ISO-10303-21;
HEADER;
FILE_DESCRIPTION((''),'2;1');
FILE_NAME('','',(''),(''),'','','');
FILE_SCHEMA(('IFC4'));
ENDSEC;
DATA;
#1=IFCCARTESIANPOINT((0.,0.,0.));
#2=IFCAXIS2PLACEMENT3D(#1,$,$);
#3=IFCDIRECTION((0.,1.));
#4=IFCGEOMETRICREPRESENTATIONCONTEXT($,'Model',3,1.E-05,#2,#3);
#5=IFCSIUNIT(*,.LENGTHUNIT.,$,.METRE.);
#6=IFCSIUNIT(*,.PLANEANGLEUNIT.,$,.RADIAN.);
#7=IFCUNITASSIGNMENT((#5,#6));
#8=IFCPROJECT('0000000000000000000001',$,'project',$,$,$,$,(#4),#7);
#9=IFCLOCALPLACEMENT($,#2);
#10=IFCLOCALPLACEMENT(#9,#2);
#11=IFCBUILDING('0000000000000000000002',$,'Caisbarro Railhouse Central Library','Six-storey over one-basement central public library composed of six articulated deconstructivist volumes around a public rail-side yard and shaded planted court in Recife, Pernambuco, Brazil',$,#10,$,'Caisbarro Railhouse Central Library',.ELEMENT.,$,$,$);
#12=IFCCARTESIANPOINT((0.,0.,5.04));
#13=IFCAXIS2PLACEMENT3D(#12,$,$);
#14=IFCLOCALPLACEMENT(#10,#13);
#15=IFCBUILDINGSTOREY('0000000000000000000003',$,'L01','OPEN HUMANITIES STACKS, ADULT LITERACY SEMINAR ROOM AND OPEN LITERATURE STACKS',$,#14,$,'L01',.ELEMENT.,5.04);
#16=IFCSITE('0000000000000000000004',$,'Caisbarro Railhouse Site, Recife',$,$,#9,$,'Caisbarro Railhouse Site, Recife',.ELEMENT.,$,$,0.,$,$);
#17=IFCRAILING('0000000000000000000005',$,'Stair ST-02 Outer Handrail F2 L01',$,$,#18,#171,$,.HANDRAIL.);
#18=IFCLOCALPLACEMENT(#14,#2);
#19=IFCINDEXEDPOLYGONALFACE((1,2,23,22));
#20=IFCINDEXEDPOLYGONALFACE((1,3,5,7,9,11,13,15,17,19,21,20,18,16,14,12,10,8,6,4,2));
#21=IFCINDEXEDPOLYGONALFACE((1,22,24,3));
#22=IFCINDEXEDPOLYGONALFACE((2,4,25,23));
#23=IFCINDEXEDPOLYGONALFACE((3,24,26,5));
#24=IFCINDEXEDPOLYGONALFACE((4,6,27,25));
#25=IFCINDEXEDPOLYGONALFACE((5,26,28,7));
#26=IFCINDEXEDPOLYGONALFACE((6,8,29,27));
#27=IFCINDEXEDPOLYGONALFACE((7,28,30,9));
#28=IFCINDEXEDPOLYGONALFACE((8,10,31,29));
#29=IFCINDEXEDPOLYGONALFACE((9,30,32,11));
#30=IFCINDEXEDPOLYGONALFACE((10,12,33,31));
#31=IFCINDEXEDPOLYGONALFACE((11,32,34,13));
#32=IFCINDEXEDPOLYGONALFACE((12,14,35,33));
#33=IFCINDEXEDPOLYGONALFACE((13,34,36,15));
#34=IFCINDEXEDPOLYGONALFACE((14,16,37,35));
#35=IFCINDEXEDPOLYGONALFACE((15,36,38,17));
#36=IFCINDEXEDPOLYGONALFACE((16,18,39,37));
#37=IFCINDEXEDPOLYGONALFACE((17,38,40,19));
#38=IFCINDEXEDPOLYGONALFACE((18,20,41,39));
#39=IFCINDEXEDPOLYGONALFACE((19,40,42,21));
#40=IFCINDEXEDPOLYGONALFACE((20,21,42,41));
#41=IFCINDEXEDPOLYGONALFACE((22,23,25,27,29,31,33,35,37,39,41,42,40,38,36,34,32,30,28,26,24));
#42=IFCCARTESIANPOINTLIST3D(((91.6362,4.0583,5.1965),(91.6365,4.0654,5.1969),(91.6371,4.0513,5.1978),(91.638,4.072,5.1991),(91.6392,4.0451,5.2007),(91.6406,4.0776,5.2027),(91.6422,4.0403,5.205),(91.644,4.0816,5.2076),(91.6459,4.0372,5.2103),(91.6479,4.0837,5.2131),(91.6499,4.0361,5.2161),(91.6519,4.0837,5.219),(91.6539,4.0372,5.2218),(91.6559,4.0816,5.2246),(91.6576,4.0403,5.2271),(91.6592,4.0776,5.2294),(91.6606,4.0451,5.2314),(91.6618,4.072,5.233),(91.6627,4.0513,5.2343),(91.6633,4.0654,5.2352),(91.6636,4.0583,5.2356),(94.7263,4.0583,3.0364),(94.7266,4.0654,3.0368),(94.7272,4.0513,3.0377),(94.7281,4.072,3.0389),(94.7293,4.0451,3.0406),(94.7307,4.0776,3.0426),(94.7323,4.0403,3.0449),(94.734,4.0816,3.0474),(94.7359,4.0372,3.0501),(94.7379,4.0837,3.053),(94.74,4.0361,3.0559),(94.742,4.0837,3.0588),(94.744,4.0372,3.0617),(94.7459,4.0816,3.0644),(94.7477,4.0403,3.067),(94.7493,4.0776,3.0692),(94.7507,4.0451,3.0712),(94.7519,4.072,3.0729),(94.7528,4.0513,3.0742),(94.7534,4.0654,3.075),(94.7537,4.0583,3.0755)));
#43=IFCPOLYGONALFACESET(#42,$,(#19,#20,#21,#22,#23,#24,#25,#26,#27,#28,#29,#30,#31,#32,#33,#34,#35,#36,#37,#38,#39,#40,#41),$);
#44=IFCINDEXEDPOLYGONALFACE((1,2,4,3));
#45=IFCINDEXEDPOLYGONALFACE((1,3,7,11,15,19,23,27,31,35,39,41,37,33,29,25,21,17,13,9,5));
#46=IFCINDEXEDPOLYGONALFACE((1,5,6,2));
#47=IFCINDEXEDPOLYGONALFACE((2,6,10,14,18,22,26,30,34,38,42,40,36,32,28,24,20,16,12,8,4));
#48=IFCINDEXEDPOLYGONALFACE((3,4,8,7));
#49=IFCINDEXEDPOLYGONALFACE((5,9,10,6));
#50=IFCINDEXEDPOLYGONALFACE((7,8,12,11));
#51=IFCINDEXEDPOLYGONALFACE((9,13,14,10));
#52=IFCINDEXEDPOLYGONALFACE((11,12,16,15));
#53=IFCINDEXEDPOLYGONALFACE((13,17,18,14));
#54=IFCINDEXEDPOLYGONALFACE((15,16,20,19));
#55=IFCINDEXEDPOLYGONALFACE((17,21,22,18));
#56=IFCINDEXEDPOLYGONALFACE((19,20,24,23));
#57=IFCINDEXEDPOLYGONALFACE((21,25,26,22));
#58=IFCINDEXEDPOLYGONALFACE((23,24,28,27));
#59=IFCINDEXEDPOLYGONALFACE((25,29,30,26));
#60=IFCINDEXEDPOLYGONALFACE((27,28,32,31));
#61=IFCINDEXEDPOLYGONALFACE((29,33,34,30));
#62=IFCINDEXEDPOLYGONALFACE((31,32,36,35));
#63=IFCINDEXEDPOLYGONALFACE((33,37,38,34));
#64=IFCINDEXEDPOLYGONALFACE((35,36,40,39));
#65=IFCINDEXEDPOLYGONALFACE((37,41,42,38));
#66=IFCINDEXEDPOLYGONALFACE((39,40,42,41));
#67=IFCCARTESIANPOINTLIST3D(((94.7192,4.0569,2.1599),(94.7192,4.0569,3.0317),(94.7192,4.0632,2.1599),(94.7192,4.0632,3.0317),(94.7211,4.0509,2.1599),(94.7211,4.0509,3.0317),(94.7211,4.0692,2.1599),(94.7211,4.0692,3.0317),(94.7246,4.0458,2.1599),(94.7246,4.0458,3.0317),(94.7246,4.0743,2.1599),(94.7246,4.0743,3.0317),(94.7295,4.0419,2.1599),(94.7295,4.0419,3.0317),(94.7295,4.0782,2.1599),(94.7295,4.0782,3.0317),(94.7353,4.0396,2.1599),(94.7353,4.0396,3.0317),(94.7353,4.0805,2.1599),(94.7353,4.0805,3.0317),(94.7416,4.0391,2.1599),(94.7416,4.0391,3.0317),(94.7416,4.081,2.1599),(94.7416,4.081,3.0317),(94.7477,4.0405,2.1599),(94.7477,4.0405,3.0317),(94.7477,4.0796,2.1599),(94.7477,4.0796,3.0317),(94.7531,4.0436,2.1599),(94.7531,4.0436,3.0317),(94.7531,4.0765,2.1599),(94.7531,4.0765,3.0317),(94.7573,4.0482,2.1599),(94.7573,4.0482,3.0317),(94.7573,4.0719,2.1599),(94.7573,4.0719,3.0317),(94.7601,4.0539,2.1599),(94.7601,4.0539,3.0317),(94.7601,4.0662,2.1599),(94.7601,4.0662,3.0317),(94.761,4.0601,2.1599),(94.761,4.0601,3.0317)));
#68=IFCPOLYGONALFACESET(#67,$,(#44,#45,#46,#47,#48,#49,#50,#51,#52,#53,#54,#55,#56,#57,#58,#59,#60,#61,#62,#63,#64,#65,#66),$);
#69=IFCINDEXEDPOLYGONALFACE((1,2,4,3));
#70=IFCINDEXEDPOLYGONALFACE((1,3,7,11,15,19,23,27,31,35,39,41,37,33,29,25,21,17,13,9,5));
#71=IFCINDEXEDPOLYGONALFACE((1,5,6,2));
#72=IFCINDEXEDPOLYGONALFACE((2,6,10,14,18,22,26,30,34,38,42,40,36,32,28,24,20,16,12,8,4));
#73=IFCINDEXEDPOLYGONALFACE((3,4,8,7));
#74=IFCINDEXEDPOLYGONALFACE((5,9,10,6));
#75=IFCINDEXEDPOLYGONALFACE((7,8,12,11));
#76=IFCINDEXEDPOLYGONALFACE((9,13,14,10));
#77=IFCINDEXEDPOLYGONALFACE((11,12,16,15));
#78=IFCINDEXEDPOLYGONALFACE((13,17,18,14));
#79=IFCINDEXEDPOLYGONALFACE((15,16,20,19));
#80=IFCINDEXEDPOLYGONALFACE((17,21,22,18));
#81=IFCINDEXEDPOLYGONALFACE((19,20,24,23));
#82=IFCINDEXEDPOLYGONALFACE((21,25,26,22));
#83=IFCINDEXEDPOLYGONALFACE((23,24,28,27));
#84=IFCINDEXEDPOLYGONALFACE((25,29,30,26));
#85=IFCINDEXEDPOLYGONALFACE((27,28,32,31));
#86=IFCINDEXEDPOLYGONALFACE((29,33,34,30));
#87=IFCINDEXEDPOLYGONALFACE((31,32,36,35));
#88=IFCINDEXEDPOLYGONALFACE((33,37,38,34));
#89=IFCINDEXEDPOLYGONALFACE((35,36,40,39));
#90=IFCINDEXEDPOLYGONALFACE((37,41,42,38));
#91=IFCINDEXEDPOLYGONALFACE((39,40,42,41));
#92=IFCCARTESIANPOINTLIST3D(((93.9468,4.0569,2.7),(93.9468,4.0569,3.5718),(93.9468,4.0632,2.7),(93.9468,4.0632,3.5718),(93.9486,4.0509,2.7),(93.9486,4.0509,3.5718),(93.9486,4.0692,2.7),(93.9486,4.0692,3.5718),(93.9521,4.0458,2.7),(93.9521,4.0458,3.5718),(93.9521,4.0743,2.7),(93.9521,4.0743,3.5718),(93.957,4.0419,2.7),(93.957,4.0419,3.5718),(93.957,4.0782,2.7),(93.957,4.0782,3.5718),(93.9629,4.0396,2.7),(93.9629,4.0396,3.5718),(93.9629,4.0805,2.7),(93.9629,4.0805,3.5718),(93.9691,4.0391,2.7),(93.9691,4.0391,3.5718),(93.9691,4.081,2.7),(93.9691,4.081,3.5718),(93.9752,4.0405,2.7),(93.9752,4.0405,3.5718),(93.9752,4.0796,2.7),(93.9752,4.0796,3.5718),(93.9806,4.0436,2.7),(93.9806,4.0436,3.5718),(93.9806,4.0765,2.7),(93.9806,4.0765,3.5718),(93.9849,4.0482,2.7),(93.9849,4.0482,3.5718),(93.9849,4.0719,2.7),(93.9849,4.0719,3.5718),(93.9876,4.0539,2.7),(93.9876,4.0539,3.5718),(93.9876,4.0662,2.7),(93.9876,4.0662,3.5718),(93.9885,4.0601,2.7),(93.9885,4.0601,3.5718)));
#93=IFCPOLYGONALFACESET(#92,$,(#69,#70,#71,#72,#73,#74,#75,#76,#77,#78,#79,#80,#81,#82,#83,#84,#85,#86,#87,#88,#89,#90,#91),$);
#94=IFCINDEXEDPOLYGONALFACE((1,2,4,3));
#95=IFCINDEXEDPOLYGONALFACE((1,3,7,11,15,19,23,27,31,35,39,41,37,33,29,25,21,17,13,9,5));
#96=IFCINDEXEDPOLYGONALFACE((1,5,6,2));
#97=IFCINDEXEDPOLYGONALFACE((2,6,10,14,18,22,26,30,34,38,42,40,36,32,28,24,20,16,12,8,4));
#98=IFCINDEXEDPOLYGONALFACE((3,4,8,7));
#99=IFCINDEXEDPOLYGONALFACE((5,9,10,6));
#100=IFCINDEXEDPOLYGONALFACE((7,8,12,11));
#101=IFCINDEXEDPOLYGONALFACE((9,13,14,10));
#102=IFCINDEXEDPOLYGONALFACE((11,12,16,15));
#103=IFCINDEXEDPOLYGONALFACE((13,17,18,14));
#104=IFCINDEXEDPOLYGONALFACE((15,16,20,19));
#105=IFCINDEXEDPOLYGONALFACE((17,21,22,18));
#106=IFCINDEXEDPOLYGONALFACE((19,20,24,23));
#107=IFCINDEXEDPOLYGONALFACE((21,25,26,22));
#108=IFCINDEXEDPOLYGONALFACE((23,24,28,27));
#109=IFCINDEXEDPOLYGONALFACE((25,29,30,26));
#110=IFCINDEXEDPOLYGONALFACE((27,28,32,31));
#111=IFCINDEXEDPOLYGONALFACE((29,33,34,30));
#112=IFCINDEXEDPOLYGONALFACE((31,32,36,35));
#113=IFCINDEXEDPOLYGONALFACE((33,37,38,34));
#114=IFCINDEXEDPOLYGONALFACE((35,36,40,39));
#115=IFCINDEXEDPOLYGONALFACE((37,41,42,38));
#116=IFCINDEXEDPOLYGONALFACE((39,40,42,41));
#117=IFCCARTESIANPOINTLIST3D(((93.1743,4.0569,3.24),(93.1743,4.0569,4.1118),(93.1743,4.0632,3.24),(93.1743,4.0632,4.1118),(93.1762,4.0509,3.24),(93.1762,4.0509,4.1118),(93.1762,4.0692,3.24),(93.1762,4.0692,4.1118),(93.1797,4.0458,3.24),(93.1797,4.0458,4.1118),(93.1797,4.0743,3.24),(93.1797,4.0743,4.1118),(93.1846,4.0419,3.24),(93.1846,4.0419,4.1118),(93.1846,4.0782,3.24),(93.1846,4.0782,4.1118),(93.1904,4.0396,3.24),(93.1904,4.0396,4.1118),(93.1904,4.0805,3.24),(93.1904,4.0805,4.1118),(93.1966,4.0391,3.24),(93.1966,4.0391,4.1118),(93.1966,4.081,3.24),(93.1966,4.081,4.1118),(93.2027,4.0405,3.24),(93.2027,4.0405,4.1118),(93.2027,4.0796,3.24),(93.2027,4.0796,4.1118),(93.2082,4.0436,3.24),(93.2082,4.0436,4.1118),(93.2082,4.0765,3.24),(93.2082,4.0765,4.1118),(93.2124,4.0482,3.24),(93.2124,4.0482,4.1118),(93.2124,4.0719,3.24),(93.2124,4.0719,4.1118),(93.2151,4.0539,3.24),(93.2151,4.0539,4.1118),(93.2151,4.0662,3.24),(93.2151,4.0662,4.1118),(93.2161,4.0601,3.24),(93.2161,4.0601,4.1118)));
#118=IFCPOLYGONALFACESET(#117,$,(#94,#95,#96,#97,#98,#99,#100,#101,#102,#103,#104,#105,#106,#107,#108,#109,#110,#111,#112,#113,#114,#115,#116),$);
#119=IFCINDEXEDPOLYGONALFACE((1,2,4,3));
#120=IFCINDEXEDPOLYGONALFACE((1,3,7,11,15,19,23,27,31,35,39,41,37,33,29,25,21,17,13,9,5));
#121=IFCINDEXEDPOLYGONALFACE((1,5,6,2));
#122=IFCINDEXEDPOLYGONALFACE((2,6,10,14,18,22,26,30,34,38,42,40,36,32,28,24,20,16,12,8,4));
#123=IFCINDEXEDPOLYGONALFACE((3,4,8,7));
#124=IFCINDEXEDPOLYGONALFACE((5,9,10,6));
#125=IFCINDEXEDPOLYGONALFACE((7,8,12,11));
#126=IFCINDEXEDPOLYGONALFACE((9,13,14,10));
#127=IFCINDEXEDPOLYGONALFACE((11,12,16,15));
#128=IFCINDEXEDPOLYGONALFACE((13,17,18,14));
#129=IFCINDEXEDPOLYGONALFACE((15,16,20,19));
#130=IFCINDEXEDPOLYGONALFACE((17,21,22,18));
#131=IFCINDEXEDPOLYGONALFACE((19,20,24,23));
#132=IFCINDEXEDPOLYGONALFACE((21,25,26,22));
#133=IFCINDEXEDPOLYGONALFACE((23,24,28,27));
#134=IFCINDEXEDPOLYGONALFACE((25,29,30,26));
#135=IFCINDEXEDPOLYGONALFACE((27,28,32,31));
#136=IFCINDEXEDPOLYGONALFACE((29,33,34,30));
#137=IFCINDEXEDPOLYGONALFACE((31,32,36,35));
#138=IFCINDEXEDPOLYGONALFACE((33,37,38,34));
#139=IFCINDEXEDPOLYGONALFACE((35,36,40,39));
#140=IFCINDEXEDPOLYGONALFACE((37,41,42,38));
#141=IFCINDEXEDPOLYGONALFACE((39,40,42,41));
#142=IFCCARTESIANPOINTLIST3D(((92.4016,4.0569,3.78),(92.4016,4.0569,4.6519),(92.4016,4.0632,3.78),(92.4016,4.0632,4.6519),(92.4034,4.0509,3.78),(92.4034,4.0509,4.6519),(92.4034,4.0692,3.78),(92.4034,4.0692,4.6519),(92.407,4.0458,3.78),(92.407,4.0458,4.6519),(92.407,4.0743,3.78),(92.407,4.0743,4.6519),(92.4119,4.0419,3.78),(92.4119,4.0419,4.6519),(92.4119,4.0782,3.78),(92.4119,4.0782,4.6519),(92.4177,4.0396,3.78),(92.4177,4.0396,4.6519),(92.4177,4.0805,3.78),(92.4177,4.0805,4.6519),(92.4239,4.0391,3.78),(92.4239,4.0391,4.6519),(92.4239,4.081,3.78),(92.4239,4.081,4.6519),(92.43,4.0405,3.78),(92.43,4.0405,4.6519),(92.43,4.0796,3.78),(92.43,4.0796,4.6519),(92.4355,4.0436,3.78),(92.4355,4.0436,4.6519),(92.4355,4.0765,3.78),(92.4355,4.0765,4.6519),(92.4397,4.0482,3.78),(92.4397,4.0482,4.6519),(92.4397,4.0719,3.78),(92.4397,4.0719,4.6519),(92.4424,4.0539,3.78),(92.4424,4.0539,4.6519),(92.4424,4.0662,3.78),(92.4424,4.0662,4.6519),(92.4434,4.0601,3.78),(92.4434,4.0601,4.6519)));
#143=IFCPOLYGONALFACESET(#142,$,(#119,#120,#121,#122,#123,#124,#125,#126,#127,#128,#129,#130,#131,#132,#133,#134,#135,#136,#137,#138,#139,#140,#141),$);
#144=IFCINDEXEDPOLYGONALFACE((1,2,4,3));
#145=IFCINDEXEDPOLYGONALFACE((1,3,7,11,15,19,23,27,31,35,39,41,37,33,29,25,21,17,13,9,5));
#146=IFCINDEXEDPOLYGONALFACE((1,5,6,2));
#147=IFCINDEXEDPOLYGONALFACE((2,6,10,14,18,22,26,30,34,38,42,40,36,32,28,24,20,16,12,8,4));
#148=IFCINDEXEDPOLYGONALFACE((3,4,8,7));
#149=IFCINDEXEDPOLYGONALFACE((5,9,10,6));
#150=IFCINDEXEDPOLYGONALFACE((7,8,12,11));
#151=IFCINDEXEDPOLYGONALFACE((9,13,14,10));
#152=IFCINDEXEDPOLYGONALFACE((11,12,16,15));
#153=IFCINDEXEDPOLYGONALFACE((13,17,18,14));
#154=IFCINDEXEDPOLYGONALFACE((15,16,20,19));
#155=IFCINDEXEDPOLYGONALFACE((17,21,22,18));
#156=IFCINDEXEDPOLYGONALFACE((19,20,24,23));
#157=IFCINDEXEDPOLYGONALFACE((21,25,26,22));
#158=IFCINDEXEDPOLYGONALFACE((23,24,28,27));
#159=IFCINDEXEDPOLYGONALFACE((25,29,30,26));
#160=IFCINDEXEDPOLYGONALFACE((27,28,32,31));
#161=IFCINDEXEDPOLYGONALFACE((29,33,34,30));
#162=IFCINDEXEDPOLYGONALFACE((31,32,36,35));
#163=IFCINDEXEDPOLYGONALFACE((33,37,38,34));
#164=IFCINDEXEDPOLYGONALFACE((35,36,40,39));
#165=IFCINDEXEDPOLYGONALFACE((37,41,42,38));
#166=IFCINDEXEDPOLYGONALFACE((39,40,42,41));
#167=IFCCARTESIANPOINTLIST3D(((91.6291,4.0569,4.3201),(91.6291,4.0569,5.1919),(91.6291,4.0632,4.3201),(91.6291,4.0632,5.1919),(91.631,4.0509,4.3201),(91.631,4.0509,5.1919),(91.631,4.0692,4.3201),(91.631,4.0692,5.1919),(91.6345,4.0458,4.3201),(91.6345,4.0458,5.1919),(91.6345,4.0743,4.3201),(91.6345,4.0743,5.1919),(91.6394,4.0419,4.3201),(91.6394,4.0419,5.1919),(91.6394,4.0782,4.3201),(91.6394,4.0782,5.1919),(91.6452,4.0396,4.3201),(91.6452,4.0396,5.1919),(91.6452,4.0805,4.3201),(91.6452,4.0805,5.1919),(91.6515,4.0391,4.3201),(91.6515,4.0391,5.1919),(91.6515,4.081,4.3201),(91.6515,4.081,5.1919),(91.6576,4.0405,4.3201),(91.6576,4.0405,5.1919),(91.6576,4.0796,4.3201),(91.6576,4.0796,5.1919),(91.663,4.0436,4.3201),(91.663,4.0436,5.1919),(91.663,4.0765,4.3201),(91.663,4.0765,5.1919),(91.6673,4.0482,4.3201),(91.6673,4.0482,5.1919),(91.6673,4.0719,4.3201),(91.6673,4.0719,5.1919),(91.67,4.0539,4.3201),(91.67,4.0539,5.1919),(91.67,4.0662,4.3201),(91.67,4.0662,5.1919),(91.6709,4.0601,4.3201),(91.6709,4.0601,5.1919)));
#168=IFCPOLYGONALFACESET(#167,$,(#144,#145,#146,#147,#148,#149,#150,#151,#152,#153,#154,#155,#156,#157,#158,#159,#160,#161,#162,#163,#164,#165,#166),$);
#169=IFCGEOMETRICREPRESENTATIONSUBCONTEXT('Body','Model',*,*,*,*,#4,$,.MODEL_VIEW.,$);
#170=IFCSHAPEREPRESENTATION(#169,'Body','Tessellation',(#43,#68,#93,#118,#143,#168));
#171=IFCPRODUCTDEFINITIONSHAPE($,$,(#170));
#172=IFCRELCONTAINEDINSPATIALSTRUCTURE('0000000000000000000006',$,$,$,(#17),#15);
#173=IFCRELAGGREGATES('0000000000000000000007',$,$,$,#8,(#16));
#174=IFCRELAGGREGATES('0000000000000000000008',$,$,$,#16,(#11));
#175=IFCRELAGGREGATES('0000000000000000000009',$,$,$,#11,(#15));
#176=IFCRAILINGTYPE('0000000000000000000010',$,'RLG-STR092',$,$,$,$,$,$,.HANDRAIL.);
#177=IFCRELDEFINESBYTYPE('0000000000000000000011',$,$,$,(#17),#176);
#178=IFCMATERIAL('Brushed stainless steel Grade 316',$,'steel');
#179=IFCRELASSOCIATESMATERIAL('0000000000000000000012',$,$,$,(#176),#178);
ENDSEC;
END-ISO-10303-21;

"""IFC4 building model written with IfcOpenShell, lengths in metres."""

from ifc_helpers import new_model, si_unit, direction, frame, origin, origin_2d, place, context, subcontext, project, spatial, circle, extrude, material, type_object, element, save


model = new_model("IFC4")

# Units and contexts
model_context = context("Model", 3, precision=1e-05, world=origin(), true_north=direction((0.0, 1.0)))
body_context = subcontext(model_context, "Body", "Model", "MODEL_VIEW")
ifc_project = project(units=[si_unit("LENGTHUNIT", "METRE"), si_unit("PLANEANGLEUNIT", "RADIAN")], contexts=[model_context])

# Site, building, storey
site_placement = place(None, origin())
site = spatial("IfcSite", under=ifc_project, at=site_placement, Name="Caisbarro Railhouse Site, Recife", LongName="Caisbarro Railhouse Site, Recife", CompositionType="ELEMENT", RefElevation=0.0)
building_placement = place(site_placement, origin())
building = spatial("IfcBuilding", under=site, at=building_placement, Name="Caisbarro Railhouse Central Library", Description="Six-storey over one-basement central public library composed of six articulated deconstructivist volumes around a public rail-side yard and shaded planted court in Recife, Pernambuco, Brazil", LongName="Caisbarro Railhouse Central Library", CompositionType="ELEMENT")
storey_placement = place(building_placement, frame((0.0, 0.0, 5.04)))
storey = spatial("IfcBuildingStorey", under=building, at=storey_placement, Name="L01", Description="OPEN HUMANITIES STACKS, ADULT LITERACY SEMINAR ROOM AND OPEN LITERATURE STACKS", LongName="L01", CompositionType="ELEMENT", Elevation=5.04)

# Railing
ifc_material_1 = material(Name="Brushed stainless steel Grade 316", Category="steel")
railing_type_1 = type_object("IfcRailingType", Name="RLG-STR092", PredefinedType="HANDRAIL", material=ifc_material_1)
railing_1_placement = place(storey_placement, frame((94.74, 4.0601, 2.1599)))
element("IfcRailing", 1, at=railing_1_placement, inside=storey, type_object=railing_type_1, Name="Stair ST-02 Outer Handrail F2 L01", PredefinedType="HANDRAIL", context=body_context, shape_type="SweptSolid", body=[
    extrude(circle(Radius=0.0239, at=origin_2d()), frame((0.0, 0.0, 0.896), z_axis=(-0.819594, 0.0, 0.572945), x_axis=(0.0, -1.0, 0.0)), (0.0, 0.0, 1.0), 3.7703),
    extrude(circle(Radius=0.021, at=origin_2d()), origin(), (0.0, 0.0, 1.0), 0.8718),
    extrude(circle(Radius=0.021, at=origin_2d()), frame((-0.7725, 0.0, 0.54)), (0.0, 0.0, 1.0), 0.8718),
    extrude(circle(Radius=0.021, at=origin_2d()), frame((-1.5449, 0.0, 1.0801)), (0.0, 0.0, 1.0), 0.8718),
    extrude(circle(Radius=0.021, at=origin_2d()), frame((-2.3176, 0.0, 1.6201)), (0.0, 0.0, 1.0), 0.8718),
    extrude(circle(Radius=0.021, at=origin_2d()), frame((-3.0901, 0.0, 2.1602)), (0.0, 0.0, 1.0), 0.8718),
])

save(model, "model.ifc")
